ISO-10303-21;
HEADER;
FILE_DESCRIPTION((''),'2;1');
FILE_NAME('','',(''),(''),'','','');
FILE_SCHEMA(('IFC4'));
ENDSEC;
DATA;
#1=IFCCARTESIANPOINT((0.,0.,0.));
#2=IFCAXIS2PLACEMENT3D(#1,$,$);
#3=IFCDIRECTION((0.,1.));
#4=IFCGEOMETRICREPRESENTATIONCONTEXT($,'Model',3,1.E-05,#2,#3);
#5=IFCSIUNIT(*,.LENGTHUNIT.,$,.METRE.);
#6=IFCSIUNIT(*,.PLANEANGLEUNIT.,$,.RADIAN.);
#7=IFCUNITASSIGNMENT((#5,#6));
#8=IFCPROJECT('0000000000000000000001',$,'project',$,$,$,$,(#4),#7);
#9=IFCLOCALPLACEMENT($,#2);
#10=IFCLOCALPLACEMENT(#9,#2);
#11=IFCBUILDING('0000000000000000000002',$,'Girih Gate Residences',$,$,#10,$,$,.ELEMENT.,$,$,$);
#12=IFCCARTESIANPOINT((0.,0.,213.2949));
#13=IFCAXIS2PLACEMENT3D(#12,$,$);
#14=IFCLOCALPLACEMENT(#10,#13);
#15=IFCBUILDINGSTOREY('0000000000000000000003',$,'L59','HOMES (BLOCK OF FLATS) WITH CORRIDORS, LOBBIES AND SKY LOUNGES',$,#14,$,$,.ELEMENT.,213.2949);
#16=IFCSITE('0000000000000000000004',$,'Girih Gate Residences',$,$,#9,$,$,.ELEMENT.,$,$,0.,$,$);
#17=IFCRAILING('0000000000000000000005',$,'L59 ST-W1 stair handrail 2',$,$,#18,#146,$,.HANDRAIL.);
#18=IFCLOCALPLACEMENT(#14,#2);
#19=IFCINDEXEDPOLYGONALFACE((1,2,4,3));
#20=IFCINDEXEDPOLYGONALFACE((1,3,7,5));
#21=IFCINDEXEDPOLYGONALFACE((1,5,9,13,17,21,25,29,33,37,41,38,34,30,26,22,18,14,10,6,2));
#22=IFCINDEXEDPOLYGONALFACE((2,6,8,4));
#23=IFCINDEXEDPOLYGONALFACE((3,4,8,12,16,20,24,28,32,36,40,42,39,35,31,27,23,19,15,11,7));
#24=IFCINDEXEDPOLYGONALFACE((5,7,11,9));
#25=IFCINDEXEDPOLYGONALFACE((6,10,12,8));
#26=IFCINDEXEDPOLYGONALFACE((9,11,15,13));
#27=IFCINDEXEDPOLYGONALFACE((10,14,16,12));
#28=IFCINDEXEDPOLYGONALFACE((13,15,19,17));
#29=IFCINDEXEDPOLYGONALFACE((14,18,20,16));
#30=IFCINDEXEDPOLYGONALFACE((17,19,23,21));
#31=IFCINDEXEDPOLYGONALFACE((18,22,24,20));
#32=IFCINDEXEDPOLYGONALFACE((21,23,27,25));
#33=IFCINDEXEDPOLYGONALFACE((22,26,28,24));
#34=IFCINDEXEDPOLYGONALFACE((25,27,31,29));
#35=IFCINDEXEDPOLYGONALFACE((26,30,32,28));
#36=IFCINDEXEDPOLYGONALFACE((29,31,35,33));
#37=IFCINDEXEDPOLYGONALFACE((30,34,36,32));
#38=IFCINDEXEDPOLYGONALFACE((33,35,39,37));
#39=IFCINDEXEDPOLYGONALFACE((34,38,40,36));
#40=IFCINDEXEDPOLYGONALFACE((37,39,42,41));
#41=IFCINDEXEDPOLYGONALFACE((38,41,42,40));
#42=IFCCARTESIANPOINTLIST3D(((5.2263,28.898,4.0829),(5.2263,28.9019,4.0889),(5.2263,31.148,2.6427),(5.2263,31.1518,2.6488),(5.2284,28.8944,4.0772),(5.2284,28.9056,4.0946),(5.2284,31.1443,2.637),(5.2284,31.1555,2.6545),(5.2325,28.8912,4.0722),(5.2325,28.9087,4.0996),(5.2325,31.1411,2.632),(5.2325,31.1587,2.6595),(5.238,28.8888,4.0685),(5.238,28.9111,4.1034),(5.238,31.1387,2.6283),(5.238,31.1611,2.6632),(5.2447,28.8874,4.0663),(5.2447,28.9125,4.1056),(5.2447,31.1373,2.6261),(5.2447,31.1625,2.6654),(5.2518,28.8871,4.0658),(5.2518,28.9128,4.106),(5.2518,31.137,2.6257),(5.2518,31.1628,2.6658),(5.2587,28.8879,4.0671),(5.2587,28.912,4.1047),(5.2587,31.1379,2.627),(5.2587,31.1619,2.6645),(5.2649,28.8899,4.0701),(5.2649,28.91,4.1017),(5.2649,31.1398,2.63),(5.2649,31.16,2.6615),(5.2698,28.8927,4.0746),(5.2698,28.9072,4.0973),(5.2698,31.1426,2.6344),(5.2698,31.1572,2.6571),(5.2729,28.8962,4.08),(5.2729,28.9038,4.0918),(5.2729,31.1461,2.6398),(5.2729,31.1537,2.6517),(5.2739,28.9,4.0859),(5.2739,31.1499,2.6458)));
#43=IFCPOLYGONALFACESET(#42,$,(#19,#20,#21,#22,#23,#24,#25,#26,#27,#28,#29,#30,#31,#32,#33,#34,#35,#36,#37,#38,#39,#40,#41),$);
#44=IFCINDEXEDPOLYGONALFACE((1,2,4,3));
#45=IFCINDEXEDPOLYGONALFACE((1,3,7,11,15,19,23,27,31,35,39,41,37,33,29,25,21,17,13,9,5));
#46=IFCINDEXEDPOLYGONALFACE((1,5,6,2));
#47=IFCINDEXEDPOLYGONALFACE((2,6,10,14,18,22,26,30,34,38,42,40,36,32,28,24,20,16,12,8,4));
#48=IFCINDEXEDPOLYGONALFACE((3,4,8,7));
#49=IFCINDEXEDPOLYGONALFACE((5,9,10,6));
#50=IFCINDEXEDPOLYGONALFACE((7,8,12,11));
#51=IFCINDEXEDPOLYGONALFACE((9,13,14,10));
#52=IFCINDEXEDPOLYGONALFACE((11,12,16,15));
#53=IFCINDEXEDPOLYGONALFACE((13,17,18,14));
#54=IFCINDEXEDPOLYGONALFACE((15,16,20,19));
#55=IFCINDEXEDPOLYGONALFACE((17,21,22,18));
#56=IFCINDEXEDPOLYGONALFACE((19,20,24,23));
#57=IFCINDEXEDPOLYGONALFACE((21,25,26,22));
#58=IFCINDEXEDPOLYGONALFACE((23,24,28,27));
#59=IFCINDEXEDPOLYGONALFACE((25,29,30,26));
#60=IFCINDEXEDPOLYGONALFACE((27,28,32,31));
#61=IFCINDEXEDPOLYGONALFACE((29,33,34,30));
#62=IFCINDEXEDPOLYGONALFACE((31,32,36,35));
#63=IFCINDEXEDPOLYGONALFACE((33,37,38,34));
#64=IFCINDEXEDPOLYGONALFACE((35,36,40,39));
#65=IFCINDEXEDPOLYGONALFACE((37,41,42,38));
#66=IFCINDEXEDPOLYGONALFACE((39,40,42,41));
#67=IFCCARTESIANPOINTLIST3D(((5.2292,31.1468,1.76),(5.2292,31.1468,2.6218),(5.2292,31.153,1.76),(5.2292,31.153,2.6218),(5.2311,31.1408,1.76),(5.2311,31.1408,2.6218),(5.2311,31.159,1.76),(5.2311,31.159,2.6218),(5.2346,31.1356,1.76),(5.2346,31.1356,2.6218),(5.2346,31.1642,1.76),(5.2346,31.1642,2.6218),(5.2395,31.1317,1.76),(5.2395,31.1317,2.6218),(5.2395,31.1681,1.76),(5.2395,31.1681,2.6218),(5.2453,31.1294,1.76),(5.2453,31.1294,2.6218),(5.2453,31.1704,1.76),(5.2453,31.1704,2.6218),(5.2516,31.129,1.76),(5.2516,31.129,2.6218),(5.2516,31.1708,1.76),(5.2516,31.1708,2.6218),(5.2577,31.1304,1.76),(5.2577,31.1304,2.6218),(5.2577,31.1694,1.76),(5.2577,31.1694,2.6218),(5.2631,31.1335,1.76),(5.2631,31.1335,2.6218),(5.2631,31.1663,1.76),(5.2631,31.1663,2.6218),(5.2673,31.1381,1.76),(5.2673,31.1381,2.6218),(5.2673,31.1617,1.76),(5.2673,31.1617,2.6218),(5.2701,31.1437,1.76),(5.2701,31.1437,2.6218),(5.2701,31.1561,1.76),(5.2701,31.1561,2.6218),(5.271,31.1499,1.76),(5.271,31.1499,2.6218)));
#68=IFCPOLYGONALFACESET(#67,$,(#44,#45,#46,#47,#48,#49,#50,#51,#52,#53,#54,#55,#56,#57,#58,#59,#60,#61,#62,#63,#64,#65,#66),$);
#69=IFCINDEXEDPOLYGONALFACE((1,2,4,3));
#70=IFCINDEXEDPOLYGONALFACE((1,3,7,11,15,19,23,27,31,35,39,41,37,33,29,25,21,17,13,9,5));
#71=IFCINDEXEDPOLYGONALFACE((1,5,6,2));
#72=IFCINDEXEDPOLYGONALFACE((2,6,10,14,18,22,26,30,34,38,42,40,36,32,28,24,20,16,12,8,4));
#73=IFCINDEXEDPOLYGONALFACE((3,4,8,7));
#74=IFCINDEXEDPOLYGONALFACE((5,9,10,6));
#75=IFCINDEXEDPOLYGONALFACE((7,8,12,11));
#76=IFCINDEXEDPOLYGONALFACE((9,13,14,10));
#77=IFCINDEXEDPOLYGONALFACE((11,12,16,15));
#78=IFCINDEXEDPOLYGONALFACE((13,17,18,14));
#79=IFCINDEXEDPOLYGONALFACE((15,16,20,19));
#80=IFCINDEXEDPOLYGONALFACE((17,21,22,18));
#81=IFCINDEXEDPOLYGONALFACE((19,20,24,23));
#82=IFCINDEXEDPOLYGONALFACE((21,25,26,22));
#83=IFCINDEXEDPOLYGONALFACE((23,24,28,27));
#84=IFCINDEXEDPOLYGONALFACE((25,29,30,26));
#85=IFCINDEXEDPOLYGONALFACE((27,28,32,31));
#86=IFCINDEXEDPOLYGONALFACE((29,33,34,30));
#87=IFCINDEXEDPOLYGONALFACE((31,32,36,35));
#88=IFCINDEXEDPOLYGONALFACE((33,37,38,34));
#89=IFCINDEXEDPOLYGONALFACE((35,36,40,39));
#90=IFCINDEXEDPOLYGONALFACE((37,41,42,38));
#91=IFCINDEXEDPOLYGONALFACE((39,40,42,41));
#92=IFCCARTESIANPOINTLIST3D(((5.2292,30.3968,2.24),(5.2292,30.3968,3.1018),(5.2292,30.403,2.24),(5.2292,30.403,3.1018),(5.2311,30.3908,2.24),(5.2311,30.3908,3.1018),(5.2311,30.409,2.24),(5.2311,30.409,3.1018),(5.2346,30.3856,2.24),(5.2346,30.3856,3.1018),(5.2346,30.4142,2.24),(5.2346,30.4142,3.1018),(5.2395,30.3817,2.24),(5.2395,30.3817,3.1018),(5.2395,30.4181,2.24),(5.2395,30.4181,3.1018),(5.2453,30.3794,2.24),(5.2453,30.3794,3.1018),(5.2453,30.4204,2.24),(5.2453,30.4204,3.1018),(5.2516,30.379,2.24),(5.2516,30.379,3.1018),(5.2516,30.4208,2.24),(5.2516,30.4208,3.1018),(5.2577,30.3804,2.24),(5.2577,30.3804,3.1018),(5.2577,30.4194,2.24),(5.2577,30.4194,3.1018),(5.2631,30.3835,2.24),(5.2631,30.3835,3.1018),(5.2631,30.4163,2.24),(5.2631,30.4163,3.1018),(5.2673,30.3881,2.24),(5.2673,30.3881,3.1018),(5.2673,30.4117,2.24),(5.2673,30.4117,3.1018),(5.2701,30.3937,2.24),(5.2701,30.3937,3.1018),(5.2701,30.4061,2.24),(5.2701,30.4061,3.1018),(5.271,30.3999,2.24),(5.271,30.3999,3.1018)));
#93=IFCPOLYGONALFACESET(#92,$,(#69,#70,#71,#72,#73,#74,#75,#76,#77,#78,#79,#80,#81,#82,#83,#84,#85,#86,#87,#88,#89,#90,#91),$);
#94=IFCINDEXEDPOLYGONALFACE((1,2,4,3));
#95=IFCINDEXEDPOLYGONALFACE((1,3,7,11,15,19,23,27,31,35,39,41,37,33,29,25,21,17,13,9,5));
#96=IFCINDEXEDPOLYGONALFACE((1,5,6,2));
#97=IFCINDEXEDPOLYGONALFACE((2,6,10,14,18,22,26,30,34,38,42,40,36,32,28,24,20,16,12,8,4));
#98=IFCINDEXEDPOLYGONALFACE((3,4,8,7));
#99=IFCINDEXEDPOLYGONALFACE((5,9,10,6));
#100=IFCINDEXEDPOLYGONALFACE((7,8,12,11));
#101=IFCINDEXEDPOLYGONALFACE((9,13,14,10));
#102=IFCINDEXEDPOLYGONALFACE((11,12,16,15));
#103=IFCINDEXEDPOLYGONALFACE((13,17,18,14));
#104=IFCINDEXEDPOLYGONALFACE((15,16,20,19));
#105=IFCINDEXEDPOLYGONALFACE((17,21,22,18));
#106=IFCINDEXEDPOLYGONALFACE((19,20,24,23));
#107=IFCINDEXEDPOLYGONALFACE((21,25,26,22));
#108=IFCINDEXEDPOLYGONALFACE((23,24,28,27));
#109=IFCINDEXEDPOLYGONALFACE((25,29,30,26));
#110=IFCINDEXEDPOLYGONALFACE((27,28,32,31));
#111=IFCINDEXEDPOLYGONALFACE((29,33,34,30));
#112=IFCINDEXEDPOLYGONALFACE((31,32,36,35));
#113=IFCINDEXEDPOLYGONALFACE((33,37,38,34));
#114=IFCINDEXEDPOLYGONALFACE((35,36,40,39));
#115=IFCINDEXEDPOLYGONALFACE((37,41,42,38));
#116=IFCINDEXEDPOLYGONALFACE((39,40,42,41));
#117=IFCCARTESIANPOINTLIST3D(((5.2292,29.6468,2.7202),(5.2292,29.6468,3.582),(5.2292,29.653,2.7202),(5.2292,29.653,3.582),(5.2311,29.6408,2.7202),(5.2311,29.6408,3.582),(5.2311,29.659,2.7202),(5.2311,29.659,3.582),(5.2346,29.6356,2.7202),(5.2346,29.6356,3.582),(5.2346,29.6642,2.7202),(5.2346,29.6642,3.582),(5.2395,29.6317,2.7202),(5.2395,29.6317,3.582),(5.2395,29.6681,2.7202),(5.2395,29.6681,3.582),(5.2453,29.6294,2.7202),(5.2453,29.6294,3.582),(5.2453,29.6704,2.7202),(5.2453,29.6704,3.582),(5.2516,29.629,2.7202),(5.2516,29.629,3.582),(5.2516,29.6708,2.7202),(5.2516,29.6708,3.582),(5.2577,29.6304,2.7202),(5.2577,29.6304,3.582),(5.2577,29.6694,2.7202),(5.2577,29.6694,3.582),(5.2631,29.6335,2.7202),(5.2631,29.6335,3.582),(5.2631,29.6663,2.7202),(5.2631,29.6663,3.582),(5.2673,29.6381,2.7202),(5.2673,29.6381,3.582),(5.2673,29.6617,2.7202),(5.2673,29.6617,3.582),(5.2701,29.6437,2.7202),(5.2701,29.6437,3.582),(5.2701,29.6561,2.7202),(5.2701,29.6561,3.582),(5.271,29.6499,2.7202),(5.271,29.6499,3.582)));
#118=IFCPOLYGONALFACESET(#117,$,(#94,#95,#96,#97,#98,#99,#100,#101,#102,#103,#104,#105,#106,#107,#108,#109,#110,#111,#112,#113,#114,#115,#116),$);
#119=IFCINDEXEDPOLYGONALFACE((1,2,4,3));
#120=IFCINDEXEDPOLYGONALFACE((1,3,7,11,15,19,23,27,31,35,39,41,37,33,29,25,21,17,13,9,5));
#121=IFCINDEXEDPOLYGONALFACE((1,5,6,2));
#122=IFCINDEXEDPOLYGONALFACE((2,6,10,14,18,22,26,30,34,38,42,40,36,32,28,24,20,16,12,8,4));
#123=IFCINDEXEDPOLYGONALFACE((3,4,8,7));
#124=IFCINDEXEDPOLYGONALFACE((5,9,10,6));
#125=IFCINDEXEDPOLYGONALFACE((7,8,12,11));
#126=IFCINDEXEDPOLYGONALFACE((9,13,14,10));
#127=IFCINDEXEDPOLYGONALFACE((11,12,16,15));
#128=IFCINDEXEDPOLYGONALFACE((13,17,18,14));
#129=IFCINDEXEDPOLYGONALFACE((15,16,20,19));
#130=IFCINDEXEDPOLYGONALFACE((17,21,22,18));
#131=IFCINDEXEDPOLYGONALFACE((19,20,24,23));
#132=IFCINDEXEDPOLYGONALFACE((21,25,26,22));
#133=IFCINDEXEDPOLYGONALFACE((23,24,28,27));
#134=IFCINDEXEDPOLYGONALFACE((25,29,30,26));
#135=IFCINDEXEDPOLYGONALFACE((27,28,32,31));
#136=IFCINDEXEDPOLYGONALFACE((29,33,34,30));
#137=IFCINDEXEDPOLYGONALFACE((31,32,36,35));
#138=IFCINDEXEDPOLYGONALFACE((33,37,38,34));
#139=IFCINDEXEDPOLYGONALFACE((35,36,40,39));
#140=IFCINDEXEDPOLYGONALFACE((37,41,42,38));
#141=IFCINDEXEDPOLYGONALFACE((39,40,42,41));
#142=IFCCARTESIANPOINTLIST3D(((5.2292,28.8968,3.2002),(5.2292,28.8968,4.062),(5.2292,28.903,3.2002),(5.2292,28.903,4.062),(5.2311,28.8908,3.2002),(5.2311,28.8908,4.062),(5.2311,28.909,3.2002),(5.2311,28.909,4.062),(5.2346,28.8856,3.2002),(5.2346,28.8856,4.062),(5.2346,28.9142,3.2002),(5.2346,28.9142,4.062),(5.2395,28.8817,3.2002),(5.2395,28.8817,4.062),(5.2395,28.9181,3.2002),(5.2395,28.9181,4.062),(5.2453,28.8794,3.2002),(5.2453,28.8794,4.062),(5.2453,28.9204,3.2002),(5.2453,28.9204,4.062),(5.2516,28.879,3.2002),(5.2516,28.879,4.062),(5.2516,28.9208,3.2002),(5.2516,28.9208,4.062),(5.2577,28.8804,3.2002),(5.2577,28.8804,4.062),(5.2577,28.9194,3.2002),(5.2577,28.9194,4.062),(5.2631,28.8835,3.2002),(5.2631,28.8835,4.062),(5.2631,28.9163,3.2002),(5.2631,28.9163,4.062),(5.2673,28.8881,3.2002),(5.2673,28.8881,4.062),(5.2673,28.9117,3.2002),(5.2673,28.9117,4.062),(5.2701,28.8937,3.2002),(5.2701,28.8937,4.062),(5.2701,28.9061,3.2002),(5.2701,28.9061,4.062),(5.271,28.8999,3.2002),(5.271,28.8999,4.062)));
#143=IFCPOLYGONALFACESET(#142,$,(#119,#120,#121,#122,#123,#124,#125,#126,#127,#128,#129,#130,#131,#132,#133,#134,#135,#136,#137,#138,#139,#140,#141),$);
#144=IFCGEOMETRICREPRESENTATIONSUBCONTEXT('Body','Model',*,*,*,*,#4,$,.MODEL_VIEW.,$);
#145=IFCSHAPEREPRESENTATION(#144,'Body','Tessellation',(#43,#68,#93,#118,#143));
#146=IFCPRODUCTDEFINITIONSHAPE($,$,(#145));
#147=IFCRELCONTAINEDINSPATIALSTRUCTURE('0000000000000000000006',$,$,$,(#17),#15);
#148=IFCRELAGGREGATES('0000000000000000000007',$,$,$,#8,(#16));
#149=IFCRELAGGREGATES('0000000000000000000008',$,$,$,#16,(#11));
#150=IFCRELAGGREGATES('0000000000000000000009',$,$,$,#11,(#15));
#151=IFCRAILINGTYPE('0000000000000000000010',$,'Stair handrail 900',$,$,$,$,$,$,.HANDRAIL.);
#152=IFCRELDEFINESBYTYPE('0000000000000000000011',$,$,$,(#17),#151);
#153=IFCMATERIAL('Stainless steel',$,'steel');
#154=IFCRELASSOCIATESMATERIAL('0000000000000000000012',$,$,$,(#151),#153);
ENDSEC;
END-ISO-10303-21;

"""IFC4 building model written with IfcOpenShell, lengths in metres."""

from ifc_helpers import new_model, si_unit, direction, frame, origin, origin_2d, place, context, subcontext, project, spatial, circle, extrude, material, type_object, element, save


model = new_model("IFC4")

# Units and contexts
model_context = context("Model", 3, precision=1e-05, world=origin(), true_north=direction((0.0, 1.0)))
body_context = subcontext(model_context, "Body", "Model", "MODEL_VIEW")
ifc_project = project(units=[si_unit("LENGTHUNIT", "METRE"), si_unit("PLANEANGLEUNIT", "RADIAN")], contexts=[model_context])

# Site, building, storey
site_placement = place(None, origin())
site = spatial("IfcSite", under=ifc_project, at=site_placement, Name="Girih Gate Residences", CompositionType="ELEMENT", RefElevation=0.0)
building_placement = place(site_placement, origin())
building = spatial("IfcBuilding", under=site, at=building_placement, Name="Girih Gate Residences", CompositionType="ELEMENT")
storey_placement = place(building_placement, frame((0.0, 0.0, 213.2949)))
storey = spatial("IfcBuildingStorey", under=building, at=storey_placement, Name="L59", Description="HOMES (BLOCK OF FLATS) WITH CORRIDORS, LOBBIES AND SKY LOUNGES", CompositionType="ELEMENT", Elevation=213.2949)

# Railing
ifc_material_1 = material(Name="Stainless steel", Category="steel")
railing_type = type_object("IfcRailingType", Name="Stair handrail 900", PredefinedType="HANDRAIL", material=ifc_material_1)
railing_placement = place(storey_placement, frame((5.25, 31.1499, 1.76)))
element("IfcRailing", 1, at=railing_placement, inside=storey, type_object=railing_type, Name="L59 ST-W1 stair handrail 2", PredefinedType="HANDRAIL", context=body_context, shape_type="SweptSolid", body=[
    extrude(circle(Radius=0.0239, at=origin_2d()), frame((0.0, 0.0, 0.8857), z_axis=(0.0, -0.84224, 0.539103), x_axis=(1.0, 0.0, 0.0)), (0.0, 0.0, 1.0), 2.6714),
    extrude(circle(Radius=0.021, at=origin_2d()), origin(), (0.0, 0.0, 1.0), 0.8618),
    extrude(circle(Radius=0.021, at=origin_2d()), frame((0.0, -0.75, 0.48)), (0.0, 0.0, 1.0), 0.8618),
    extrude(circle(Radius=0.021, at=origin_2d()), frame((0.0, -1.5, 0.9602)), (0.0, 0.0, 1.0), 0.8618),
    extrude(circle(Radius=0.021, at=origin_2d()), frame((0.0, -2.25, 1.4402)), (0.0, 0.0, 1.0), 0.8618),
])

save(model, "model.ifc")
